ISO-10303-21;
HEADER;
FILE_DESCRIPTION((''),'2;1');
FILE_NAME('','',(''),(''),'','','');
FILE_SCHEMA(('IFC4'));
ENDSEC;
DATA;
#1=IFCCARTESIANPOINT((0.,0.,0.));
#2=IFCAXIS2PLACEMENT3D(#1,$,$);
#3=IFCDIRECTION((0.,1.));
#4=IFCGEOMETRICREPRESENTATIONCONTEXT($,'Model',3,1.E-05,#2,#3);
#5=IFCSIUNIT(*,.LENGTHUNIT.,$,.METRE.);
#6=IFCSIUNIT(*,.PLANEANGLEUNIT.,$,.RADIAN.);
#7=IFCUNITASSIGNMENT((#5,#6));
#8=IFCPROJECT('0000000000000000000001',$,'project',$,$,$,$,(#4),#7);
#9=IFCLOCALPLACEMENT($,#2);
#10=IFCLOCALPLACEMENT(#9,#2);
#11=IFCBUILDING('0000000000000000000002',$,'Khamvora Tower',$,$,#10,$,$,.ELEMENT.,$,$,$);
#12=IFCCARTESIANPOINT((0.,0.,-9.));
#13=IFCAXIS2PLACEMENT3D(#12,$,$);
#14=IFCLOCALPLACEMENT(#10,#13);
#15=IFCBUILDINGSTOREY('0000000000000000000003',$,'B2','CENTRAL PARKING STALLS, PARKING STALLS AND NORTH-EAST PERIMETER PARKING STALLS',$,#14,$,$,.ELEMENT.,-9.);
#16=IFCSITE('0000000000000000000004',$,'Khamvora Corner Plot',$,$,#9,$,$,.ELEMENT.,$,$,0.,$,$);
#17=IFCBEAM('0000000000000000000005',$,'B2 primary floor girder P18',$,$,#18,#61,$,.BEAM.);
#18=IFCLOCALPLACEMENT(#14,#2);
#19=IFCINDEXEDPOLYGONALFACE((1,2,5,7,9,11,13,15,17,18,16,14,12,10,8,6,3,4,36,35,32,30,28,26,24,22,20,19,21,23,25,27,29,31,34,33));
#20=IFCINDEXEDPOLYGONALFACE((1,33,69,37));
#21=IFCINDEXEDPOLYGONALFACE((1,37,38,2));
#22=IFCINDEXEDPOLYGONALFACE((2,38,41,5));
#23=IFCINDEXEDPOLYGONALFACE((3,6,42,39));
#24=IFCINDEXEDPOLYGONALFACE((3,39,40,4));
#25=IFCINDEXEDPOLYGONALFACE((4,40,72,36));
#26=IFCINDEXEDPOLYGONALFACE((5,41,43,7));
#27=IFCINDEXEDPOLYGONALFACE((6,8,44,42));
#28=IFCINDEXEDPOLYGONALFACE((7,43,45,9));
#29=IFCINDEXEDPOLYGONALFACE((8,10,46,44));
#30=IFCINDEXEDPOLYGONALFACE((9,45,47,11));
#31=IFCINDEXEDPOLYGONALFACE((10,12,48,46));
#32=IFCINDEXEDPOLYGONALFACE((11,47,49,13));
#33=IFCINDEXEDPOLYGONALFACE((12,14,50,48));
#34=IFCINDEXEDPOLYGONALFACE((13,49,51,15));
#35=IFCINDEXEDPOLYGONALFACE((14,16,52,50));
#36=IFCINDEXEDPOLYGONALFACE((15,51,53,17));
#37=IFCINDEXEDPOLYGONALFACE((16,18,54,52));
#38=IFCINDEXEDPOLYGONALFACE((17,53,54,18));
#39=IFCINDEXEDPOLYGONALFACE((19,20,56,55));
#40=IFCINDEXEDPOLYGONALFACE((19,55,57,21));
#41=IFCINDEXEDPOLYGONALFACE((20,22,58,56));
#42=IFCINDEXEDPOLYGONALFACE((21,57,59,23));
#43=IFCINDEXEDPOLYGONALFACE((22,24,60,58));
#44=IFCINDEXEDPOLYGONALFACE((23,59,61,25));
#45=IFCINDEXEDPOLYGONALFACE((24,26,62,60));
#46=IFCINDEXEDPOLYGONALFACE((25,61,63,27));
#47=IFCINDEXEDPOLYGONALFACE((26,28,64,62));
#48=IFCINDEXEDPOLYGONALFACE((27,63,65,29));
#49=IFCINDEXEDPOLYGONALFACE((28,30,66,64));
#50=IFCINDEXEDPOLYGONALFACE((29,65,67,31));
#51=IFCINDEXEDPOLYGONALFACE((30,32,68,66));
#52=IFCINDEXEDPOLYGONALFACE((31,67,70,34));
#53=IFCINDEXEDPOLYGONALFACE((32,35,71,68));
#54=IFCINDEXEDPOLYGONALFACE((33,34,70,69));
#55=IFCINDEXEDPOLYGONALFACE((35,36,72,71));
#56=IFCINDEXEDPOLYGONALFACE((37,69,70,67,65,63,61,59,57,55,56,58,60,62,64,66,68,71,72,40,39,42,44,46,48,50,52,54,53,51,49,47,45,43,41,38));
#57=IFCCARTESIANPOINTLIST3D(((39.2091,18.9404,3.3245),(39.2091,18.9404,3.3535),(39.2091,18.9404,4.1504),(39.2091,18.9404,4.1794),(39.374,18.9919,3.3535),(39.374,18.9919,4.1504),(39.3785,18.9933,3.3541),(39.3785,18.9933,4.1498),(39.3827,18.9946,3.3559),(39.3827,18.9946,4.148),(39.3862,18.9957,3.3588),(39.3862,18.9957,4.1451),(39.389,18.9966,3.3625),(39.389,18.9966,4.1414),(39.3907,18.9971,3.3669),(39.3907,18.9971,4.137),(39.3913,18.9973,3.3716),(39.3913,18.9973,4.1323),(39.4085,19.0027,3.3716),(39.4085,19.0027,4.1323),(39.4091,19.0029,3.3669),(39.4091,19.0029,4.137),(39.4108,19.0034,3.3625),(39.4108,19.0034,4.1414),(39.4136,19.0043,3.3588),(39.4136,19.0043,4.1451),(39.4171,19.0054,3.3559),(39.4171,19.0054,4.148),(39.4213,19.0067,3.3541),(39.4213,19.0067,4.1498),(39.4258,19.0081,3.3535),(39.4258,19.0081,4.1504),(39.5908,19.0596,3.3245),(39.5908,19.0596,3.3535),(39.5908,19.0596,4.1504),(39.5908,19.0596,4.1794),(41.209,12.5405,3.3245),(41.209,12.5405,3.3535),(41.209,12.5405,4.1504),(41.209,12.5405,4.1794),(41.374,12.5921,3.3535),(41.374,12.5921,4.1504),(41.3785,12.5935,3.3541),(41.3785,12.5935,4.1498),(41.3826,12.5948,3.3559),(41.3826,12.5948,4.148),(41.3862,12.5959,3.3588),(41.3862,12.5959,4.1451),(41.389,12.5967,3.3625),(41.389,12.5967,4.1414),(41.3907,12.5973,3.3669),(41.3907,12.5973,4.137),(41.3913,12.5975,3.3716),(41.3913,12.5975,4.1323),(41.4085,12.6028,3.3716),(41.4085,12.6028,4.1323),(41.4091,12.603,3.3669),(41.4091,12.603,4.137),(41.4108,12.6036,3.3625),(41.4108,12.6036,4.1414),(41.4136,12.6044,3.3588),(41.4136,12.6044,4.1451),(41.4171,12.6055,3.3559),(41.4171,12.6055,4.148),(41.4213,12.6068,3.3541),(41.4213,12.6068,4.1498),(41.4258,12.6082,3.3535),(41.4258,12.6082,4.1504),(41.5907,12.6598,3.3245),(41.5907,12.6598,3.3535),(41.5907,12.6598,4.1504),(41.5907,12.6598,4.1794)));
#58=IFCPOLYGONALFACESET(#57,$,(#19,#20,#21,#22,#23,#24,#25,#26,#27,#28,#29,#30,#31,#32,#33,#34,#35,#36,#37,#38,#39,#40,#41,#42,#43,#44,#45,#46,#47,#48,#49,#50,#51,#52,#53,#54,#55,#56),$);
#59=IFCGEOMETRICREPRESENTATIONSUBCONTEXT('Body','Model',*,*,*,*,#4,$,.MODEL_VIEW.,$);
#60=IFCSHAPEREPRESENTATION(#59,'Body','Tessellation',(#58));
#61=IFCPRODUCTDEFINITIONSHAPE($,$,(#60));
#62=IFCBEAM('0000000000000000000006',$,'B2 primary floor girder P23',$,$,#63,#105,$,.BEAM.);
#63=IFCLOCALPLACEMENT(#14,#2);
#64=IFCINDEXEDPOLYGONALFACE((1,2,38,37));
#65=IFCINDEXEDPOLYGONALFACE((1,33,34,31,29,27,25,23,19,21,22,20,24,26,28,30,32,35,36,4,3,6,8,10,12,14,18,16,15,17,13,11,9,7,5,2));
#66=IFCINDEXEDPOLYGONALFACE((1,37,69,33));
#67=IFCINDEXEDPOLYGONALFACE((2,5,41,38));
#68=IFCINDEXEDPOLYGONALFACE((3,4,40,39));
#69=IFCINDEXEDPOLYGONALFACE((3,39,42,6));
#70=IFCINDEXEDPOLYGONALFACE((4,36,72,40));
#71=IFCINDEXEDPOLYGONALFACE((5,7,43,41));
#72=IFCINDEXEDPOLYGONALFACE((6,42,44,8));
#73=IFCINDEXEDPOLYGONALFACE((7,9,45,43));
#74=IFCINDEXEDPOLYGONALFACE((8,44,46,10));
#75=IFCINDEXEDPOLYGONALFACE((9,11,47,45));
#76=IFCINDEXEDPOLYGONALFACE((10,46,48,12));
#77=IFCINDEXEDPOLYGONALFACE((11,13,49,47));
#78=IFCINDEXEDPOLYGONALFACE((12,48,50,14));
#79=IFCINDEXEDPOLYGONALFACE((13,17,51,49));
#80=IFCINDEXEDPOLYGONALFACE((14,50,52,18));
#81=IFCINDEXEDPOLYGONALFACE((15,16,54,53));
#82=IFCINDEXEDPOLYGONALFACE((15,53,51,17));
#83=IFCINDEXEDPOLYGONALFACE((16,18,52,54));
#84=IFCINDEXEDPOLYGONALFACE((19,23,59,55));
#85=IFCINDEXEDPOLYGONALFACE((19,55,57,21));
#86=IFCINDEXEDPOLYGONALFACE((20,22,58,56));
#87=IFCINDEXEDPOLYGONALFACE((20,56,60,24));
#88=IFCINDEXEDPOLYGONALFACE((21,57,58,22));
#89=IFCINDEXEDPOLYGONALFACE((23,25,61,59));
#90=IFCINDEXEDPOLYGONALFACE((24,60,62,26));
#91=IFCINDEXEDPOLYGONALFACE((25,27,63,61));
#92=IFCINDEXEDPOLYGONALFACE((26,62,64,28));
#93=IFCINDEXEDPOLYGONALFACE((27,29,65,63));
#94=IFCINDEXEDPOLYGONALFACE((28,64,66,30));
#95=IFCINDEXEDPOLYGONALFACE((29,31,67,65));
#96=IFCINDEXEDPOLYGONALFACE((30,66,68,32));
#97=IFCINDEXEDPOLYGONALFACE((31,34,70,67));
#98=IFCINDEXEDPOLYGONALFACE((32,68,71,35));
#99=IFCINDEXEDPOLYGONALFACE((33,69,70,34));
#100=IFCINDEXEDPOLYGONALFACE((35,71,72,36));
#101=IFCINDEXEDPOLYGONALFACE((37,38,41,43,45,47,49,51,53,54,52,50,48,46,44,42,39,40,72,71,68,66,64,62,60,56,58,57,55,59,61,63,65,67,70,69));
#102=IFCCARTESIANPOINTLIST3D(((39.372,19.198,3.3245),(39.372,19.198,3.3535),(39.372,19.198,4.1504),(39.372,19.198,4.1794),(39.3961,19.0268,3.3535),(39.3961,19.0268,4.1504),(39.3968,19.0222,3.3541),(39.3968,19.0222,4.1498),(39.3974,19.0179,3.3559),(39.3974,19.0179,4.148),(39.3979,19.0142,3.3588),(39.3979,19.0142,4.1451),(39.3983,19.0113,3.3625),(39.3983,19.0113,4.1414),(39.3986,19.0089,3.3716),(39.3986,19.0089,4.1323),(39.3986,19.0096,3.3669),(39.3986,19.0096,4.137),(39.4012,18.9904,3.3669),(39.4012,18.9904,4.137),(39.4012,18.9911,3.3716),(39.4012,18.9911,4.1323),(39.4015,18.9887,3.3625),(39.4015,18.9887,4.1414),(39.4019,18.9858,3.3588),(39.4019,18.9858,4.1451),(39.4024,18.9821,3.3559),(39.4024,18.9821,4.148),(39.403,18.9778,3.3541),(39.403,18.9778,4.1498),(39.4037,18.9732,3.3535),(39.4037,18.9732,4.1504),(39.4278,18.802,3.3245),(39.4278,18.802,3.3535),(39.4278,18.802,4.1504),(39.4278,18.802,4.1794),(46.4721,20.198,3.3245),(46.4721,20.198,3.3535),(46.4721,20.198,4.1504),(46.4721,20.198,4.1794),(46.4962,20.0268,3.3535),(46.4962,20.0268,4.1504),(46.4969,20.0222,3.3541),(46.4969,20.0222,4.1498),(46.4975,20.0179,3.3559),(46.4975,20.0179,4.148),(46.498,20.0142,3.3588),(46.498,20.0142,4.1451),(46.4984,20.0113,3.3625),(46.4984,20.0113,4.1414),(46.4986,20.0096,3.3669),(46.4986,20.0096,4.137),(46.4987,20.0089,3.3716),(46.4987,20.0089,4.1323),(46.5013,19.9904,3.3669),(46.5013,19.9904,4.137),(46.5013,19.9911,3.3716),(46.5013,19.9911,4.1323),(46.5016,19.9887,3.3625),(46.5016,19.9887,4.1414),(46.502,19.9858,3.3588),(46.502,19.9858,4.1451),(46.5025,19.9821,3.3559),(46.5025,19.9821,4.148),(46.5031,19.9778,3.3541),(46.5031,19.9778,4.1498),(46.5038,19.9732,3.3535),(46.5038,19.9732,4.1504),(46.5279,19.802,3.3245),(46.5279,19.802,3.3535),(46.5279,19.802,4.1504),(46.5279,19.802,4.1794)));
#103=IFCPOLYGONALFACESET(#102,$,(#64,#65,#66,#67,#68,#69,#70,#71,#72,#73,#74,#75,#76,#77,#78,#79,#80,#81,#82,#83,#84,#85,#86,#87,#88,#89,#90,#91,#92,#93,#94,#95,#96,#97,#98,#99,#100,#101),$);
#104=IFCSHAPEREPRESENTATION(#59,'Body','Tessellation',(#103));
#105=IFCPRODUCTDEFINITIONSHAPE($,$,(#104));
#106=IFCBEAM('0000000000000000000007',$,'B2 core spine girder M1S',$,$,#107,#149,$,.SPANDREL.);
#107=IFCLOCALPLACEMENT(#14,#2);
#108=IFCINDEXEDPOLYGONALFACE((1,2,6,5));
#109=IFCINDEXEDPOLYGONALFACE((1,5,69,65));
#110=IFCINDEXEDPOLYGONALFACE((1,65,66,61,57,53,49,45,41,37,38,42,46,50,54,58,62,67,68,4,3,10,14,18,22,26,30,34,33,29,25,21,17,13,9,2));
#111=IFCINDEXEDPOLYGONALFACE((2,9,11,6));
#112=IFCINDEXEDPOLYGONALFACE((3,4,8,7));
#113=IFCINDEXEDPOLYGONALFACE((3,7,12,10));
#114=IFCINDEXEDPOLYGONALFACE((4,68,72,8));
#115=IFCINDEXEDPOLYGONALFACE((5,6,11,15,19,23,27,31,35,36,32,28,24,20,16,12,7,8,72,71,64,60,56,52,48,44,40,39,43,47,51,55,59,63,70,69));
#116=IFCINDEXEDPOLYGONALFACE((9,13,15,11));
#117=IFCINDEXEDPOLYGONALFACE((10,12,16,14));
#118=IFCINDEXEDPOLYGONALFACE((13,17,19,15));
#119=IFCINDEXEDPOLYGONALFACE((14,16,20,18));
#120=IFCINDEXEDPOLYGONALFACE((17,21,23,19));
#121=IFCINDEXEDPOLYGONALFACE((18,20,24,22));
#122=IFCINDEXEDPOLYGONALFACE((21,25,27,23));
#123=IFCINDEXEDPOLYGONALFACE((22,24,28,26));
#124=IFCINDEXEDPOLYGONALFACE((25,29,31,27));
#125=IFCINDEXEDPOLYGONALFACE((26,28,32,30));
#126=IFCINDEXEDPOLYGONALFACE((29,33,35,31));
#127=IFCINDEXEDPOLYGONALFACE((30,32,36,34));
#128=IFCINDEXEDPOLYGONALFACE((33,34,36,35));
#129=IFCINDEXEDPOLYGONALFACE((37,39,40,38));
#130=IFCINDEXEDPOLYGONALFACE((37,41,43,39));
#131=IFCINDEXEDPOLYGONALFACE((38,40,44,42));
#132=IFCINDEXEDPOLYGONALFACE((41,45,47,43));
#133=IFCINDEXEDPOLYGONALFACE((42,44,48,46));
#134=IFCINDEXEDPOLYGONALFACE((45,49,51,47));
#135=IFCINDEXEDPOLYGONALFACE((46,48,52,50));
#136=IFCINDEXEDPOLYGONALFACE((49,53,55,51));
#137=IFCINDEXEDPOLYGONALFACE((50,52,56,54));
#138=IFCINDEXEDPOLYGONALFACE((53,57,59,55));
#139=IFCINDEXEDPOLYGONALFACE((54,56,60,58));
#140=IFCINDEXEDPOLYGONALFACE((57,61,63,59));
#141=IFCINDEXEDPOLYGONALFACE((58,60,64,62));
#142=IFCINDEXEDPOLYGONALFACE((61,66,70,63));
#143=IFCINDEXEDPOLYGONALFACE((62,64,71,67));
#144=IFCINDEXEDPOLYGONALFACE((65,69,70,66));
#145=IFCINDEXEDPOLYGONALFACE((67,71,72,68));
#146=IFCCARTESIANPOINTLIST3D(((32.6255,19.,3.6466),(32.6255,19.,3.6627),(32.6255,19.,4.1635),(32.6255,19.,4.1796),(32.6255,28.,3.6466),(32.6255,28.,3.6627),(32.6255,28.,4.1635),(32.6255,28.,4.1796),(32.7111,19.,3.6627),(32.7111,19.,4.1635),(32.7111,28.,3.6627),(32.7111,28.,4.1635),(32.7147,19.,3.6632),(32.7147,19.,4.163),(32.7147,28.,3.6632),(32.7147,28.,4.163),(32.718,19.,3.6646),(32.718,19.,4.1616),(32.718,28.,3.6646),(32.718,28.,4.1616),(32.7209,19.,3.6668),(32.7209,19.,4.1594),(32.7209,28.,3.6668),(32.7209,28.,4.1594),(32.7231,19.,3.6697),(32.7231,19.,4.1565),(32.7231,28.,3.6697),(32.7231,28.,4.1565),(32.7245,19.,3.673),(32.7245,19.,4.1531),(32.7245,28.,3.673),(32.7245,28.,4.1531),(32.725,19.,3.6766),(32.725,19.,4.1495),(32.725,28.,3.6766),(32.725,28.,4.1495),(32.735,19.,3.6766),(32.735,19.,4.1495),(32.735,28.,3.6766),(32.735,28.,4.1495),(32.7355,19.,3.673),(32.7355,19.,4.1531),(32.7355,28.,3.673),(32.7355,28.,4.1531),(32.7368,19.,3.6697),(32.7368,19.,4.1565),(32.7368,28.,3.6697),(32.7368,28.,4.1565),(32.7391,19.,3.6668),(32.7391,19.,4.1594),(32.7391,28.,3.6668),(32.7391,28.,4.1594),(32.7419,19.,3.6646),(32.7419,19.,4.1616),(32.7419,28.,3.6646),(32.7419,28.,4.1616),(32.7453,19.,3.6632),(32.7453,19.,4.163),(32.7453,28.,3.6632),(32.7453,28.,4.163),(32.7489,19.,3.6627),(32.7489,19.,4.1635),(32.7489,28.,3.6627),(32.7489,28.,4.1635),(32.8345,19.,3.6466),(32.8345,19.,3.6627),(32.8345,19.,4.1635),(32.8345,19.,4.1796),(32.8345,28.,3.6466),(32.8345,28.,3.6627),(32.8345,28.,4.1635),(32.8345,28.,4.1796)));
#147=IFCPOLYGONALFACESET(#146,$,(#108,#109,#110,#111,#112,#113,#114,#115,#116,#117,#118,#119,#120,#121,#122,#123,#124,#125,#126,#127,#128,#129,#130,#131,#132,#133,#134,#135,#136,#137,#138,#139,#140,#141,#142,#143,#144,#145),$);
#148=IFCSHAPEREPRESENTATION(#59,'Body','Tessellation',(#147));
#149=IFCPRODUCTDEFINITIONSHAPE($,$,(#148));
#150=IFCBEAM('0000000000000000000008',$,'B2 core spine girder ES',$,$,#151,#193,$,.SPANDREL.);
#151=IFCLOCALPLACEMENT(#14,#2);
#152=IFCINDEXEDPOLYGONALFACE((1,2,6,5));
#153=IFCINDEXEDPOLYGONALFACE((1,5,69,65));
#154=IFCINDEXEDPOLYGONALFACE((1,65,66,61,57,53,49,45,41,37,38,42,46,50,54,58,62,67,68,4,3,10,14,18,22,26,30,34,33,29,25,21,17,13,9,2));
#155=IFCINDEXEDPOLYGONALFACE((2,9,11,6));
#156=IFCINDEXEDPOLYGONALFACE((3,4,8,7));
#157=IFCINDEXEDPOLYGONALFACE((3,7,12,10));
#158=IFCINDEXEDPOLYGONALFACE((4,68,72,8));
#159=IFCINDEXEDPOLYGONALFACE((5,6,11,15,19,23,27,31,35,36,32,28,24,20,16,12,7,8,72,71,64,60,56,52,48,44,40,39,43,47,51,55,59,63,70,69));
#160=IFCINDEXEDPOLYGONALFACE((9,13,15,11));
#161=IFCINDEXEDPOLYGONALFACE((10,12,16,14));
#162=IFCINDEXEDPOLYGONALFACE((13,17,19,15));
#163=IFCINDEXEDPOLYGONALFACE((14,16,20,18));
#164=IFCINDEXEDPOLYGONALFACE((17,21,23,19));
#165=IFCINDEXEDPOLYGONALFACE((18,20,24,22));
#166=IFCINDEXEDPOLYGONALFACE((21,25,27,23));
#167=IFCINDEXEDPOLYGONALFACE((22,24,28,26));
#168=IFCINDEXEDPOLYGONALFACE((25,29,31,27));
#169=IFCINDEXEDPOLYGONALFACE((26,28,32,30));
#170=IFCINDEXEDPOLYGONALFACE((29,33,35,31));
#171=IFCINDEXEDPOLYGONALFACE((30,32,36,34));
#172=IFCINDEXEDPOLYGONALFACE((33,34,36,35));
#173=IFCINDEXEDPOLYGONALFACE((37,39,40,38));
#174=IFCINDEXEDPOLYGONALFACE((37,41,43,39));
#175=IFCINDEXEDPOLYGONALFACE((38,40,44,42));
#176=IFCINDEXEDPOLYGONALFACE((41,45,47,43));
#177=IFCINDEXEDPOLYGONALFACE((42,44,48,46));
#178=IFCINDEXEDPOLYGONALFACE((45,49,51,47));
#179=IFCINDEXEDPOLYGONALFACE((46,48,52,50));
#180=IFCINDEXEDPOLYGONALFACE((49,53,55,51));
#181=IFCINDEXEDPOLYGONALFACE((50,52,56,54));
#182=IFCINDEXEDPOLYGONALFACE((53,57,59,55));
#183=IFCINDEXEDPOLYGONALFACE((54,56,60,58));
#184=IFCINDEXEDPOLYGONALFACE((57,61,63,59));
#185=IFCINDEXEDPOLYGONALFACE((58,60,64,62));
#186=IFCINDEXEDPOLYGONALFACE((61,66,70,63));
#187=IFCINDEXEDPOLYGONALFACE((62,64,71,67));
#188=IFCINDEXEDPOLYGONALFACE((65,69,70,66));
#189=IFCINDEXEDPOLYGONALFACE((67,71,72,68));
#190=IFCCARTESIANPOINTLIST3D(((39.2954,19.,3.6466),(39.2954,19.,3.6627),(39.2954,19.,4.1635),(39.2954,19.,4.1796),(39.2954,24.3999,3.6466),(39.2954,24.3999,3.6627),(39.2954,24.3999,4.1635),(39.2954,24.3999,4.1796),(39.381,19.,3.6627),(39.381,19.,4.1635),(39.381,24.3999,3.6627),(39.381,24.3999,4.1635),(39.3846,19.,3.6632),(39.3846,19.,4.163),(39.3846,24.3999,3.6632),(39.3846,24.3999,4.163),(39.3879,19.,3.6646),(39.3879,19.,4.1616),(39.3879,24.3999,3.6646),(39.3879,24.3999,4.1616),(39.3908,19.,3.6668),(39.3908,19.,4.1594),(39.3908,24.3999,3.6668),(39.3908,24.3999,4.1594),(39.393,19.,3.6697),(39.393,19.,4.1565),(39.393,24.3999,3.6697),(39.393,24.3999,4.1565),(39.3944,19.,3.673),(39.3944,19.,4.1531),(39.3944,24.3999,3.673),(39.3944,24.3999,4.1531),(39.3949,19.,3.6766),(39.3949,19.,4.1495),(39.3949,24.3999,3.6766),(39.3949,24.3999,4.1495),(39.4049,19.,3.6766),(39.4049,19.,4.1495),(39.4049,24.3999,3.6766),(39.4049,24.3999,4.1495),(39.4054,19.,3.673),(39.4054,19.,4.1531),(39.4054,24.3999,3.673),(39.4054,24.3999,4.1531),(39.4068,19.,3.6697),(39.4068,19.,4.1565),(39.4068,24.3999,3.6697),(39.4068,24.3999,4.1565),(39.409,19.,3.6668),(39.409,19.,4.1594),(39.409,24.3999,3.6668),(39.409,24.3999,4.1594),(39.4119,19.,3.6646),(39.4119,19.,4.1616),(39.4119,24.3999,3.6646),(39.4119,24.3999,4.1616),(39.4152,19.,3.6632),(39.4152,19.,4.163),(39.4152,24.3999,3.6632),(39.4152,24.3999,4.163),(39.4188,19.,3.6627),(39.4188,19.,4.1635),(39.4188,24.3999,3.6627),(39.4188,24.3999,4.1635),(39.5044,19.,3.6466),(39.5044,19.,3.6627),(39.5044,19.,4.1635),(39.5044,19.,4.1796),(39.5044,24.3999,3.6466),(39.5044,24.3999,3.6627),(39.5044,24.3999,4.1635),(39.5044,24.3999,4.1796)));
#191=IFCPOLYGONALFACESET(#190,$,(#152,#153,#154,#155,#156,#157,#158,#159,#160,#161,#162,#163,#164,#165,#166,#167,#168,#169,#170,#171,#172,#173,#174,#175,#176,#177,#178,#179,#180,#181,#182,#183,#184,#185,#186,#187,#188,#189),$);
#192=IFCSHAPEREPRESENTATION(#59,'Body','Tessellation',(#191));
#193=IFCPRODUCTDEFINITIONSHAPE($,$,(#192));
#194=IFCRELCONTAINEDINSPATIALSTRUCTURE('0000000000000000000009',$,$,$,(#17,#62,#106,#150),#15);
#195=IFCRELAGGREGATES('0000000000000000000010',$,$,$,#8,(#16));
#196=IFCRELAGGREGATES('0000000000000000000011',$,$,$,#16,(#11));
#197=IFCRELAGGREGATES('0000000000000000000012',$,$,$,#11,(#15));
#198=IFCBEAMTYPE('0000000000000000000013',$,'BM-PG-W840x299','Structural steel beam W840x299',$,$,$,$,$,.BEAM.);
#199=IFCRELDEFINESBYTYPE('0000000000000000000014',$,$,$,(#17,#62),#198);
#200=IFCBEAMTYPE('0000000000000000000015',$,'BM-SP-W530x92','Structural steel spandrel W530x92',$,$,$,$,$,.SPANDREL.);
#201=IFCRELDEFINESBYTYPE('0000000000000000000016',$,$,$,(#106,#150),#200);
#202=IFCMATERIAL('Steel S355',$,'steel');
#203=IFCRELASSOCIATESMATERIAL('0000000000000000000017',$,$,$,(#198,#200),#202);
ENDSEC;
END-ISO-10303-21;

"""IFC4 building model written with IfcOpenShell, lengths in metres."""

from ifc_helpers import new_model, si_unit, direction, frame, origin, origin_2d, place, context, subcontext, project, spatial, i_section, extrude, material, material_profile, profile_set, type_object, element, save


model = new_model("IFC4")

# Units and contexts
model_context = context("Model", 3, precision=1e-05, world=origin(), true_north=direction((0.0, 1.0)))
body_context = subcontext(model_context, "Body", "Model", "MODEL_VIEW")
ifc_project = project(units=[si_unit("LENGTHUNIT", "METRE"), si_unit("PLANEANGLEUNIT", "RADIAN")], contexts=[model_context])

# Site, building, storey
site_placement = place(None, origin())
site = spatial("IfcSite", under=ifc_project, at=site_placement, Name="Khamvora Corner Plot", CompositionType="ELEMENT", RefElevation=0.0)
building_placement = place(site_placement, origin())
building = spatial("IfcBuilding", under=site, at=building_placement, Name="Khamvora Tower", CompositionType="ELEMENT")
storey_placement = place(building_placement, frame((0.0, 0.0, -9.0)))
storey = spatial("IfcBuildingStorey", under=building, at=storey_placement, Name="B2", Description="CENTRAL PARKING STALLS, PARKING STALLS AND NORTH-EAST PERIMETER PARKING STALLS", CompositionType="ELEMENT", Elevation=-9.0)

# Beams
ifc_material_1 = material(Name="Steel S355", Category="steel")
ifc_material_profile_1 = material_profile(ifc_material_1, i_section(OverallWidth=0.3999, OverallDepth=0.855, WebThickness=0.0181, FlangeThickness=0.0291, FilletRadius=0.0181, at=origin_2d()), Name="W840x299")
ifc_profile_set_1 = profile_set([ifc_material_profile_1], Name="Steel S355")
beam_type_1 = type_object("IfcBeamType", Name="BM-PG-W840x299", Description="Structural steel beam W840x299", PredefinedType="BEAM", material=ifc_profile_set_1)
beam_1_placement = place(storey_placement, frame((39.3999, 19.0, 3.752), z_axis=(0.298279, -0.954479, 0.0), x_axis=(0.954479, 0.298279, 0.0)))
element("IfcBeam", 1, at=beam_1_placement, inside=storey, type_object=beam_type_1, Name="B2 primary floor girder P18", PredefinedType="BEAM", context=body_context, shape_type="SweptSolid", body=[
    extrude(i_section(OverallWidth=0.3999, OverallDepth=0.855, WebThickness=0.0181, FlangeThickness=0.0291, FilletRadius=0.0181, at=origin_2d()), origin(), (0.0, 0.0, 1.0), 6.7051),
])
beam_2_placement = place(storey_placement, frame((39.3999, 19.0, 3.752), z_axis=(0.990227, 0.139467, 0.0), x_axis=(-0.139467, 0.990227, 0.0)))
element("IfcBeam", 2, at=beam_2_placement, inside=storey, type_object=beam_type_1, Name="B2 primary floor girder P23", PredefinedType="BEAM", context=body_context, shape_type="SweptSolid", body=[
    extrude(i_section(OverallWidth=0.3999, OverallDepth=0.855, WebThickness=0.0181, FlangeThickness=0.0291, FilletRadius=0.0181, at=origin_2d()), origin(), (0.0, 0.0, 1.0), 7.1702),
])
ifc_material_profile_2 = material_profile(ifc_material_1, i_section(OverallWidth=0.209, OverallDepth=0.533, WebThickness=0.01, FlangeThickness=0.0161, FilletRadius=0.0139, at=origin_2d()), Name="W530x92")
ifc_profile_set_2 = profile_set([ifc_material_profile_2], Name="Steel S355")
beam_type_2 = type_object("IfcBeamType", Name="BM-SP-W530x92", Description="Structural steel spandrel W530x92", PredefinedType="SPANDREL", material=ifc_profile_set_2)
beam_3_placement = place(storey_placement, frame((32.73, 19.0, 3.9131), z_axis=(0.0, 1.0, 0.0), x_axis=(-1.0, 0.0, 0.0)))
element("IfcBeam", 3, at=beam_3_placement, inside=storey, type_object=beam_type_2, Name="B2 core spine girder M1S", PredefinedType="SPANDREL", context=body_context, shape_type="SweptSolid", body=[
    extrude(i_section(OverallWidth=0.209, OverallDepth=0.533, WebThickness=0.01, FlangeThickness=0.0161, FilletRadius=0.0139, at=origin_2d()), origin(), (0.0, 0.0, 1.0), 9.0),
])
beam_4_placement = place(storey_placement, frame((39.3999, 19.0, 3.9131), z_axis=(0.0, 1.0, 0.0), x_axis=(-1.0, 0.0, 0.0)))
element("IfcBeam", 4, at=beam_4_placement, inside=storey, type_object=beam_type_2, Name="B2 core spine girder ES", PredefinedType="SPANDREL", context=body_context, shape_type="SweptSolid", body=[
    extrude(i_section(OverallWidth=0.209, OverallDepth=0.533, WebThickness=0.01, FlangeThickness=0.0161, FilletRadius=0.0139, at=origin_2d()), origin(), (0.0, 0.0, 1.0), 5.3999),
])

save(model, "model.ifc")
